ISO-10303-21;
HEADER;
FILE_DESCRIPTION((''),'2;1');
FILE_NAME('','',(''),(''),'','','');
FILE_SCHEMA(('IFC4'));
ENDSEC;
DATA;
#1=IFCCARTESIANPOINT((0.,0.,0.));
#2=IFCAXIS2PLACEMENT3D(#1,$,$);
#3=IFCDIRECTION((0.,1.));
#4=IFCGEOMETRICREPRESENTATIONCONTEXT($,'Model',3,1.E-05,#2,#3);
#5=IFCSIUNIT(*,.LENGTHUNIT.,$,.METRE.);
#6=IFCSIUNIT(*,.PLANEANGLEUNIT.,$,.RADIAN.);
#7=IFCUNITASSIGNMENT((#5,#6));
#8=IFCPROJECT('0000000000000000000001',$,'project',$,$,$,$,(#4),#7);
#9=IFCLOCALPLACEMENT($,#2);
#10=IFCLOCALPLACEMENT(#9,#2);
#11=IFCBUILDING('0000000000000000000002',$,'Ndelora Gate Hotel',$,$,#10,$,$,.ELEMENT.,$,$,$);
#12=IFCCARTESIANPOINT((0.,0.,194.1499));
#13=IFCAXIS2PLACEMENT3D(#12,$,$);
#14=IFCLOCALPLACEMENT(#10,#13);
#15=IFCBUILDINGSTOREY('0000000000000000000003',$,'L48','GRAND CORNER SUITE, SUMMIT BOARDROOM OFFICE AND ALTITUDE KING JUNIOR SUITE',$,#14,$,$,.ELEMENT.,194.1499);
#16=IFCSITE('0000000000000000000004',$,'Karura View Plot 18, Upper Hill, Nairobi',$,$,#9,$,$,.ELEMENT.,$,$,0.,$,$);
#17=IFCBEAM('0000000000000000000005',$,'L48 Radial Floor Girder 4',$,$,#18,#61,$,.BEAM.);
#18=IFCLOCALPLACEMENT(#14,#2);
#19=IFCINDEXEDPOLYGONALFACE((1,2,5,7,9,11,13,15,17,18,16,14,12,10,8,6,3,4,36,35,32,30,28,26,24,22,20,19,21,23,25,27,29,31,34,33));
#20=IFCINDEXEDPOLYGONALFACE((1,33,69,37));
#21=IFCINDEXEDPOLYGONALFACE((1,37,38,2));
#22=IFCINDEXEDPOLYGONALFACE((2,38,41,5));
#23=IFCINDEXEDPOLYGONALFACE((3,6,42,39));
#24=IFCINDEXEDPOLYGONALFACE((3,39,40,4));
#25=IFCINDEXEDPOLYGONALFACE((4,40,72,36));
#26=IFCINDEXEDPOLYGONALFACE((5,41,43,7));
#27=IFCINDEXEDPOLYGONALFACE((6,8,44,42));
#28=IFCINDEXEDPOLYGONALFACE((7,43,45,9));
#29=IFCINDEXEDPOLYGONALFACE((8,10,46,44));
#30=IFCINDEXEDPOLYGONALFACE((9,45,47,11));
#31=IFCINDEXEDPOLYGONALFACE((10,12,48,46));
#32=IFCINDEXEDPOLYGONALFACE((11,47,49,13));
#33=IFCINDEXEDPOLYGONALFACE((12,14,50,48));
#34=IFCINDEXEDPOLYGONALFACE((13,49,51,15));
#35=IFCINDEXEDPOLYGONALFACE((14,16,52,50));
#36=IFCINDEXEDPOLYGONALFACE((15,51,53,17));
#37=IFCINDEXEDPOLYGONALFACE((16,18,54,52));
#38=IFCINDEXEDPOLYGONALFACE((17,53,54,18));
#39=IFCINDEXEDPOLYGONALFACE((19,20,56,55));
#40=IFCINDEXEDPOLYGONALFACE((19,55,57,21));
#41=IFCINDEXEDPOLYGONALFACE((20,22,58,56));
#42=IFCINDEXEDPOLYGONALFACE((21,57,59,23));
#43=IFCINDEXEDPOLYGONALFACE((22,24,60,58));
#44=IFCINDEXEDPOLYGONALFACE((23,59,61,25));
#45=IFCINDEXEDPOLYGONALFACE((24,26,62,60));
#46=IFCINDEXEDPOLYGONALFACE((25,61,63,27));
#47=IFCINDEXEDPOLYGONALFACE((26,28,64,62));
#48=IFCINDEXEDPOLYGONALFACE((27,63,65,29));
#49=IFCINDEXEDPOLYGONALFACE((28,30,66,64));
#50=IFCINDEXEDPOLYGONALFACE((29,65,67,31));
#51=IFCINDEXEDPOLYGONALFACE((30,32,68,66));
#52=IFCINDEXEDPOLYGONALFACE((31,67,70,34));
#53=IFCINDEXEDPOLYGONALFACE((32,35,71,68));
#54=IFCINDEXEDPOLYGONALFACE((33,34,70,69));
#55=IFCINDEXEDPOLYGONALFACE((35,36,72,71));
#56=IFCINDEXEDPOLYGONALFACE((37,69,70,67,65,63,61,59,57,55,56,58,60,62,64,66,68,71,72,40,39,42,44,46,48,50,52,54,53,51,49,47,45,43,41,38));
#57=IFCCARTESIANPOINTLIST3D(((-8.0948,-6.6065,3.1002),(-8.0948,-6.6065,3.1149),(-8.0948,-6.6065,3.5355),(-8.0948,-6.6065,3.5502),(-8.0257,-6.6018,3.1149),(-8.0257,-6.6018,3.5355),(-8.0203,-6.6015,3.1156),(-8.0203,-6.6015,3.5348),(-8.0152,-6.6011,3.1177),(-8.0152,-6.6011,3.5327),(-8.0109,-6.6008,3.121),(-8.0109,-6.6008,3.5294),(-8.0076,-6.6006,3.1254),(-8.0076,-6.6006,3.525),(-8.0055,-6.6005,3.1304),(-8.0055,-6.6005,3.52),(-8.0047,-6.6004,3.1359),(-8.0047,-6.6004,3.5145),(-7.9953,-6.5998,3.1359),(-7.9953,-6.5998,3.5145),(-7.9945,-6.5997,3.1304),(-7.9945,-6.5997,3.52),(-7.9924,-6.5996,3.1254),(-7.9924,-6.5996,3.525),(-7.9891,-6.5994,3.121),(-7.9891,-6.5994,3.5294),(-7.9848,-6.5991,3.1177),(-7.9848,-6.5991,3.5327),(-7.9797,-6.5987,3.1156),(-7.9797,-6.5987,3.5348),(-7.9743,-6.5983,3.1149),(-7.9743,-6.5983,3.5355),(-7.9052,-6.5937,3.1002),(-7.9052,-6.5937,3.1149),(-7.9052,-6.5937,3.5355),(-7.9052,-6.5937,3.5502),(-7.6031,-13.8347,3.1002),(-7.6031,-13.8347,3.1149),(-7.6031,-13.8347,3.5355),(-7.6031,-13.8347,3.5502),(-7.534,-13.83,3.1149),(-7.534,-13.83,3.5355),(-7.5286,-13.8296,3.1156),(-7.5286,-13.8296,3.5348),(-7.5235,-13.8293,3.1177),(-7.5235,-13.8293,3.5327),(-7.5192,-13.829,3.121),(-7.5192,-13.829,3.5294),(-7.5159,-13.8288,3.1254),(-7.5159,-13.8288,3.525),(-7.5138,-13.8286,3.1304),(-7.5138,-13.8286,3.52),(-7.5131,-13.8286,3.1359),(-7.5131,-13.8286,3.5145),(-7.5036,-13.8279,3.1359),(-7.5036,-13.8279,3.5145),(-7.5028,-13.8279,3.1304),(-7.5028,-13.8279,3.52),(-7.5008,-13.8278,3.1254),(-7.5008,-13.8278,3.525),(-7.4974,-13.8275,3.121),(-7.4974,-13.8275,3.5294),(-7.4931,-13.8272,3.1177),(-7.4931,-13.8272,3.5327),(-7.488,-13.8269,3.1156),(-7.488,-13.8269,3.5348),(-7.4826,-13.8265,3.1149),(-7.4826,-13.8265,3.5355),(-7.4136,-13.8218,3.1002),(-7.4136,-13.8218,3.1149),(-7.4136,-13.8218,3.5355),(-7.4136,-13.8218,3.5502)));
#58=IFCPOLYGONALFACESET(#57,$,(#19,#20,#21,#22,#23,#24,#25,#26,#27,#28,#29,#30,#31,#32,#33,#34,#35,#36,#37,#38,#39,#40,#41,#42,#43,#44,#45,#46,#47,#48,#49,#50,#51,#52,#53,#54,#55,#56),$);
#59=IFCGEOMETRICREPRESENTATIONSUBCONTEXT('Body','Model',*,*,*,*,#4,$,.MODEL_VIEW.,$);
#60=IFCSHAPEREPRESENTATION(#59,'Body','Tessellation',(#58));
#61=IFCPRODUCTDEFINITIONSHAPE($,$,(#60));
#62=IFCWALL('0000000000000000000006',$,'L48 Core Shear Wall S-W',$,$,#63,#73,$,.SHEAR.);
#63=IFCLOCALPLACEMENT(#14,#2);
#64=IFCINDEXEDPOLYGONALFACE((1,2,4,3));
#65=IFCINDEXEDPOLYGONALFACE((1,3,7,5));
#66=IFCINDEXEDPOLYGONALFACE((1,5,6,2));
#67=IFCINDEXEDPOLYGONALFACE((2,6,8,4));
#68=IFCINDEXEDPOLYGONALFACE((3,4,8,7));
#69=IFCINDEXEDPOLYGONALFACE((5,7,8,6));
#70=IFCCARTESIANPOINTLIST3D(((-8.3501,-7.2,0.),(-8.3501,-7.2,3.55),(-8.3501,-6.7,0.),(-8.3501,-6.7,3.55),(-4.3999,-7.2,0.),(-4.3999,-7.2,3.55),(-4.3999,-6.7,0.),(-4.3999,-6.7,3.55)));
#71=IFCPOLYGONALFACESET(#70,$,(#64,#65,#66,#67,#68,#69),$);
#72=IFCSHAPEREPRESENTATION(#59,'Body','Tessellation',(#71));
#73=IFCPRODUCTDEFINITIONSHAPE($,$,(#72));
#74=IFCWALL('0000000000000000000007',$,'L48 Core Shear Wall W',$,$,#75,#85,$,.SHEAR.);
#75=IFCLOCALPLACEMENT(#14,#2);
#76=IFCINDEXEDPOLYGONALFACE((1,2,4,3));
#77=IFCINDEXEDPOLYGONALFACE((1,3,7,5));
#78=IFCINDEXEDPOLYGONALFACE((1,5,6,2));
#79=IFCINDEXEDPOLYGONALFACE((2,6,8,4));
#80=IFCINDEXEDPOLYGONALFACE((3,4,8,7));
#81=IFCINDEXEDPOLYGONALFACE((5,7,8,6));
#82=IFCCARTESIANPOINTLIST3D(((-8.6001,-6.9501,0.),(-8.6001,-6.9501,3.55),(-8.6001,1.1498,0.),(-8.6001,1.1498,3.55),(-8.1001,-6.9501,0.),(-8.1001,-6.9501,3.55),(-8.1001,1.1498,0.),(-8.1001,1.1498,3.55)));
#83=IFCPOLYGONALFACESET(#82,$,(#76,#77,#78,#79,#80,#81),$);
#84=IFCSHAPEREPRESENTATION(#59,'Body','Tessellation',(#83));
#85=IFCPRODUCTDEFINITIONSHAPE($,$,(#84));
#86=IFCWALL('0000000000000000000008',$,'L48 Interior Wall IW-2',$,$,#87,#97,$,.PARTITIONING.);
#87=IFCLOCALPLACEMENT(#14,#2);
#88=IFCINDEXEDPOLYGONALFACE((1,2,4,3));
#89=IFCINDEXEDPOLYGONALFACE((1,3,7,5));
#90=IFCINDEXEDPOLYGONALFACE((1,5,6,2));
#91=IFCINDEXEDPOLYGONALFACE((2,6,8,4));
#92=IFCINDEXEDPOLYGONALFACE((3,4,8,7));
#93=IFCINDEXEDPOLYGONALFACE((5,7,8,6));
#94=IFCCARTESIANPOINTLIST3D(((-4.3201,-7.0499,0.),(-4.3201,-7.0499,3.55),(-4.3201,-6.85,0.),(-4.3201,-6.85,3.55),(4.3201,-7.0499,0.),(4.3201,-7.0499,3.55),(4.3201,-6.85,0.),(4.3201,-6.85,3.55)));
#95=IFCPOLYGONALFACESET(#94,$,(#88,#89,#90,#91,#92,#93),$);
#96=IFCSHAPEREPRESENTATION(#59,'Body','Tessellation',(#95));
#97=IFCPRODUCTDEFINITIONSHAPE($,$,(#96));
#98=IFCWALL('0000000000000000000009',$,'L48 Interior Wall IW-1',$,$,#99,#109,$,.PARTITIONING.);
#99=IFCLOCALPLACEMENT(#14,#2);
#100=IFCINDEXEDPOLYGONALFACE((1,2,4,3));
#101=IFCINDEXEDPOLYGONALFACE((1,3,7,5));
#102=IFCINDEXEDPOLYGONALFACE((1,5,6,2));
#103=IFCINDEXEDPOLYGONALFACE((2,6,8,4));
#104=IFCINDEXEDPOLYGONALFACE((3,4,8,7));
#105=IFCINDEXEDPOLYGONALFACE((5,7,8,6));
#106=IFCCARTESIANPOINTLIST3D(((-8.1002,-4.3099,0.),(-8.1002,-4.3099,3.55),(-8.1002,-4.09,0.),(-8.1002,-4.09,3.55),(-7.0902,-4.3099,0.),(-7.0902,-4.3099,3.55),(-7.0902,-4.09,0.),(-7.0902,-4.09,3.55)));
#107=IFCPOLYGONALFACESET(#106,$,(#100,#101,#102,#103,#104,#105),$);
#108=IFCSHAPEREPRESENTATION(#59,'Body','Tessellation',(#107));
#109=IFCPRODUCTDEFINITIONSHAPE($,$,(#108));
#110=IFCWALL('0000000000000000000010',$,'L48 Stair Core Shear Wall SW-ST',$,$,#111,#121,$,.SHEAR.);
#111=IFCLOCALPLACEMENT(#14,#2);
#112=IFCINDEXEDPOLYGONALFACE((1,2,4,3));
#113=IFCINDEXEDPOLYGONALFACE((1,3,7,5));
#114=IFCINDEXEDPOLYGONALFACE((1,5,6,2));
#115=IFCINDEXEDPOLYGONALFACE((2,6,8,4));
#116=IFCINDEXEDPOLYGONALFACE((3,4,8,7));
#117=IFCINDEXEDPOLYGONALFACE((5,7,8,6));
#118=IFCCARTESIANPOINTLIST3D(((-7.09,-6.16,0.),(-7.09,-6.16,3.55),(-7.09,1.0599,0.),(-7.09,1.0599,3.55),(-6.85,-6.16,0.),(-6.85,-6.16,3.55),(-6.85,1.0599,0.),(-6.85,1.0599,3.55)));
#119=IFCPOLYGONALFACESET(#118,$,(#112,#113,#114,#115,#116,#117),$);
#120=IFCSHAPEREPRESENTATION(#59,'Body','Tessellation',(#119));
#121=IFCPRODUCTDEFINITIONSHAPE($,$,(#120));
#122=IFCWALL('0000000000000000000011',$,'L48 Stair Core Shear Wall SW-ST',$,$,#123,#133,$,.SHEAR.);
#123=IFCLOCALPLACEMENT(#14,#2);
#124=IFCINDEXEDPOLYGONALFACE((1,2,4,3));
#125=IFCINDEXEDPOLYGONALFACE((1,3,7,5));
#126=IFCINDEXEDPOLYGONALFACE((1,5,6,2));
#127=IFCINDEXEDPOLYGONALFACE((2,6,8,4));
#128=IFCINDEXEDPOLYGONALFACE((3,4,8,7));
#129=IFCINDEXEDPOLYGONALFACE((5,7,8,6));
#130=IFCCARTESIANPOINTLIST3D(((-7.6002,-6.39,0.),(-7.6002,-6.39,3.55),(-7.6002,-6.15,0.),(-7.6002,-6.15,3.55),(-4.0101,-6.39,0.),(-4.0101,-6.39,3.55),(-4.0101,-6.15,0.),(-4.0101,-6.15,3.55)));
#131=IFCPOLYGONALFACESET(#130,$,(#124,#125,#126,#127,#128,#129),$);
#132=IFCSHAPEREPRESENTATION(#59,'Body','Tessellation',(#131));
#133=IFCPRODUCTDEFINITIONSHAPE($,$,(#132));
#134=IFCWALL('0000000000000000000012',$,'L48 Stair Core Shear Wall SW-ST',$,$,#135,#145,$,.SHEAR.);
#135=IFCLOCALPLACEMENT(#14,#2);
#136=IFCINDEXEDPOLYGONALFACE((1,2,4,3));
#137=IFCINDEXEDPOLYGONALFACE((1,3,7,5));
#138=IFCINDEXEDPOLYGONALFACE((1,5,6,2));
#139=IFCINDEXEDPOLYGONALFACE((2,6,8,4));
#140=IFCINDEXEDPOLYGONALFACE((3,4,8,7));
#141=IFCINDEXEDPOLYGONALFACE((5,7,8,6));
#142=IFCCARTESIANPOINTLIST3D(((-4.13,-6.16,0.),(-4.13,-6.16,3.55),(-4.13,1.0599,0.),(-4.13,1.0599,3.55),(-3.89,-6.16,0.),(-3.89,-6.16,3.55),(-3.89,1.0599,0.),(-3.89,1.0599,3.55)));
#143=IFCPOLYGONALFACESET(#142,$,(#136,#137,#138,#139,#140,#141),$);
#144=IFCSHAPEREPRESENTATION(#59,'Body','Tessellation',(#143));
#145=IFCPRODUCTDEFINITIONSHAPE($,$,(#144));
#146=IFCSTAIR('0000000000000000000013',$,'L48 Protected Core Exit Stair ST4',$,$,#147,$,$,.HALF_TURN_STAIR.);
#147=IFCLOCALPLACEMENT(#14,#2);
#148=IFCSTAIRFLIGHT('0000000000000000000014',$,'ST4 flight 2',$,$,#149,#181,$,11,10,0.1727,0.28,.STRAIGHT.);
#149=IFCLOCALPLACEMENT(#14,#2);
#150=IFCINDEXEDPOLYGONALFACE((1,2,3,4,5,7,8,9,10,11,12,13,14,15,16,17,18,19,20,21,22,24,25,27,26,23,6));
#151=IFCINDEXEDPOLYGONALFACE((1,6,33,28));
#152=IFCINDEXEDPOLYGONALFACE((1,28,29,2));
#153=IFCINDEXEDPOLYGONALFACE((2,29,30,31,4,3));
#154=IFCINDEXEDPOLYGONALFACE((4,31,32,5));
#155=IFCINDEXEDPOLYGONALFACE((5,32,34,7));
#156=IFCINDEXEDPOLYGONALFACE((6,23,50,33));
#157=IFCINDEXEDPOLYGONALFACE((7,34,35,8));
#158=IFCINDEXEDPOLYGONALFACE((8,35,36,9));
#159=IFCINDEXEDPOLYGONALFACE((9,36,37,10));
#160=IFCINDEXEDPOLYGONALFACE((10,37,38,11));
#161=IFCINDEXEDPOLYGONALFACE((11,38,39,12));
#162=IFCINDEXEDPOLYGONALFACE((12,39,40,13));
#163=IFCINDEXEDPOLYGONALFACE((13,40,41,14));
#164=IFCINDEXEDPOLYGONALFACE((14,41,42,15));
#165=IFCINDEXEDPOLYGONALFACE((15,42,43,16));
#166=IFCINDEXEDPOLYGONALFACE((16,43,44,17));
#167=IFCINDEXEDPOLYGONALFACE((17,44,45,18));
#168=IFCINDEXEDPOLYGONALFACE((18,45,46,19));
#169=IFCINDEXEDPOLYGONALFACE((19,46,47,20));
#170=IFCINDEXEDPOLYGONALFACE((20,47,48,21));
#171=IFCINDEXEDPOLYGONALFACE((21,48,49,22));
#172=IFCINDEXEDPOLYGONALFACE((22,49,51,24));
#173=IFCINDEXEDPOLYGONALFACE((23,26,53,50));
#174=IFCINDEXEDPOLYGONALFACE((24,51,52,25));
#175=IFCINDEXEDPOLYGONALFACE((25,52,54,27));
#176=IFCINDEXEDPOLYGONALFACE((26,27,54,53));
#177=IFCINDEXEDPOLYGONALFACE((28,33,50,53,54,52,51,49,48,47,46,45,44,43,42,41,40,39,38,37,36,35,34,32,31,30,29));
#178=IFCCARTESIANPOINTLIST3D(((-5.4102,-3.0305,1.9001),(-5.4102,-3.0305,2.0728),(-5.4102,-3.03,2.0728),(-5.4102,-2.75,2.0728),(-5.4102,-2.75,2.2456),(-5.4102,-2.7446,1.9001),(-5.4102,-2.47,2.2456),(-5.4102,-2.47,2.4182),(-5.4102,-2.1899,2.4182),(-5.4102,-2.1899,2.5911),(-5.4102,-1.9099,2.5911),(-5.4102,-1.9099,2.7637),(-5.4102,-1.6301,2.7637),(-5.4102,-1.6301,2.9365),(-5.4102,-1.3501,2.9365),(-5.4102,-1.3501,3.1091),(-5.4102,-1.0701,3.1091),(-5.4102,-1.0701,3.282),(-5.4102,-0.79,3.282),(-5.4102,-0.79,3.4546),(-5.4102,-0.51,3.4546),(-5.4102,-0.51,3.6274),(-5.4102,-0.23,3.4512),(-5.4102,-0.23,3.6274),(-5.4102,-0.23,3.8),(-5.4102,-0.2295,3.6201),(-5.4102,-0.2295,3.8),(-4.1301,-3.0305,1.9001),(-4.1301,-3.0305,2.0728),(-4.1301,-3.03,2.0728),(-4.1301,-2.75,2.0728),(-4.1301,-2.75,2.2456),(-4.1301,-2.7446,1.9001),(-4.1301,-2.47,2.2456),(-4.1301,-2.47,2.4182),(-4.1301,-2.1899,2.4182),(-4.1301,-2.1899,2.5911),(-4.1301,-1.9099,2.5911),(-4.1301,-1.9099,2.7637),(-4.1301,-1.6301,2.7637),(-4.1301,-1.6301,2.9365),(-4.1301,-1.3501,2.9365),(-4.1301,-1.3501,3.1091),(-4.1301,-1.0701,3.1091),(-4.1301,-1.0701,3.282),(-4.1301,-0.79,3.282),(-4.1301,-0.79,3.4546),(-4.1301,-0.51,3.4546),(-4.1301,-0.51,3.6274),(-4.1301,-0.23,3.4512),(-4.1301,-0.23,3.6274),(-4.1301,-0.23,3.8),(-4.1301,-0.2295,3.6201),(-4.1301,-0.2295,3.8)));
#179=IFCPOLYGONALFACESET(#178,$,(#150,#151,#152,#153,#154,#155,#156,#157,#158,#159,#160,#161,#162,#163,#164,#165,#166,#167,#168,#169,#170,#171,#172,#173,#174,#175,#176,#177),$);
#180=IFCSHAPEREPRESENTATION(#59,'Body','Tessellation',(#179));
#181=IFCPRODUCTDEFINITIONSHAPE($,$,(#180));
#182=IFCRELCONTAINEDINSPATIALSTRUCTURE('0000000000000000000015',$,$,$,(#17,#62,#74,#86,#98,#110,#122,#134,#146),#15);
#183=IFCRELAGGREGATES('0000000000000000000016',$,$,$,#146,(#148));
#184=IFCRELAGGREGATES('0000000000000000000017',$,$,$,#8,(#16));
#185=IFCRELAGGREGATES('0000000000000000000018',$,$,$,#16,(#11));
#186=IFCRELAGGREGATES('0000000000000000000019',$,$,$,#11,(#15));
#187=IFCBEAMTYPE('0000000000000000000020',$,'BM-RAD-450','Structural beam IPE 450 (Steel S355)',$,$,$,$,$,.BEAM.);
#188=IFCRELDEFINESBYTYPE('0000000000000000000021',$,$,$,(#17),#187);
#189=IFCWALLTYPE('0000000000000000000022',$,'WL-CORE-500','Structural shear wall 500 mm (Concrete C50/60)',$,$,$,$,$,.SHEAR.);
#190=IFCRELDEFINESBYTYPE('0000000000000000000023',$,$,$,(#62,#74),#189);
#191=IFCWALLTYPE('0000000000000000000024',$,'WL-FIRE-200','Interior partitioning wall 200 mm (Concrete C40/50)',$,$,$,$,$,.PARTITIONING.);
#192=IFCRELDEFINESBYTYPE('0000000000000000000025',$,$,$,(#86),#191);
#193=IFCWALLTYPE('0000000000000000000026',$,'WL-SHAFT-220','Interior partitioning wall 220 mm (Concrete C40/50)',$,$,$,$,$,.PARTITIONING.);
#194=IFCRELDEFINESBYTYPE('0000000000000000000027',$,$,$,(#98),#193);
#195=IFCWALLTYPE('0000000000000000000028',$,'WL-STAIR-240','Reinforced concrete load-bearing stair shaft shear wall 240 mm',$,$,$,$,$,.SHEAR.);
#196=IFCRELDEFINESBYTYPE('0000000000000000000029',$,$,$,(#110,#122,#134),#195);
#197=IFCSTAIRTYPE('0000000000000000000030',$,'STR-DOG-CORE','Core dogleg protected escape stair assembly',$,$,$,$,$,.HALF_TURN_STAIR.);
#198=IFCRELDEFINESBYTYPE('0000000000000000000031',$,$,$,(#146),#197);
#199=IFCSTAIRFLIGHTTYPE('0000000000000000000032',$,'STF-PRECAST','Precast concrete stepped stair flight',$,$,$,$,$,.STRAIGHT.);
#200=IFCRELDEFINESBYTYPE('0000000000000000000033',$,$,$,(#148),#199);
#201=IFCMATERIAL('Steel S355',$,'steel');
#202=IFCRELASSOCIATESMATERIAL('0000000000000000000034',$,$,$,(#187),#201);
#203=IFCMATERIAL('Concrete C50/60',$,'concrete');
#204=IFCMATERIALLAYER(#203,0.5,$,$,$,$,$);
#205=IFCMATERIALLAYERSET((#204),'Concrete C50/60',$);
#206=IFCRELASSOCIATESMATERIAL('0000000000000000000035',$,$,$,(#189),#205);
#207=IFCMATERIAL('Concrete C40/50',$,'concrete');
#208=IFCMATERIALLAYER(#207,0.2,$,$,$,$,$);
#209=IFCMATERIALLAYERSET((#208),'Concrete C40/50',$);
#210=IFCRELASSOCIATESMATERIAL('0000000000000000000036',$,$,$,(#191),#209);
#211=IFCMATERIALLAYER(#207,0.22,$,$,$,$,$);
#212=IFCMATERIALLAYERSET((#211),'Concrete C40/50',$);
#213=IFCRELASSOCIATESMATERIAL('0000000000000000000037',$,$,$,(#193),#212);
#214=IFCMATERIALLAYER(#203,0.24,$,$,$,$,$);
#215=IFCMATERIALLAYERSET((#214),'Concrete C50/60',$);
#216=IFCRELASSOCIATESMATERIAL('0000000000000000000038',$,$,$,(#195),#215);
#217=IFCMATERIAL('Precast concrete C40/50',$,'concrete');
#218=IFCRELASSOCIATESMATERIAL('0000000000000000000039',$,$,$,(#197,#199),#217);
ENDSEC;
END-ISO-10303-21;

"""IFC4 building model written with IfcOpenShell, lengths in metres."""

from ifc_helpers import new_model, si_unit, direction, frame, frame_2d, origin, origin_2d, place, context, subcontext, project, spatial, polyline, rectangle, i_section, outline, extrude, material, layer, layer_set, material_profile, profile_set, type_object, element, aggregate, save


model = new_model("IFC4")

# Units and contexts
model_context = context("Model", 3, precision=1e-05, world=origin(), true_north=direction((0.0, 1.0)))
body_context = subcontext(model_context, "Body", "Model", "MODEL_VIEW")
ifc_project = project(units=[si_unit("LENGTHUNIT", "METRE"), si_unit("PLANEANGLEUNIT", "RADIAN")], contexts=[model_context])

# Site, building, storey
site_placement = place(None, origin())
site = spatial("IfcSite", under=ifc_project, at=site_placement, Name="Karura View Plot 18, Upper Hill, Nairobi", CompositionType="ELEMENT", RefElevation=0.0)
building_placement = place(site_placement, origin())
building = spatial("IfcBuilding", under=site, at=building_placement, Name="Ndelora Gate Hotel", CompositionType="ELEMENT")
storey_placement = place(building_placement, frame((0.0, 0.0, 194.1499)))
storey = spatial("IfcBuildingStorey", under=building, at=storey_placement, Name="L48", Description="GRAND CORNER SUITE, SUMMIT BOARDROOM OFFICE AND ALTITUDE KING JUNIOR SUITE", CompositionType="ELEMENT", Elevation=194.1499)

# Shared definitions
ifc_material_1 = material(Name="Concrete C50/60", Category="concrete")

# Beam
ifc_material_2 = material(Name="Steel S355", Category="steel")
ifc_material_profile_1 = material_profile(ifc_material_2, i_section(OverallWidth=0.1899, OverallDepth=0.45, WebThickness=0.0095, FlangeThickness=0.0146, FilletRadius=0.021, at=origin_2d()), Name="IPE 450")
ifc_profile_set_1 = profile_set([ifc_material_profile_1], Name="Steel S355")
beam_type_1 = type_object("IfcBeamType", Name="BM-RAD-450", Description="Structural beam IPE 450 (Steel S355)", PredefinedType="BEAM", material=ifc_profile_set_1)
beam_1_placement = place(storey_placement, frame((-8.0, -6.6001, 3.3252), z_axis=(0.067868, -0.997694, 0.0), x_axis=(0.997694, 0.067868, 0.0)))
element("IfcBeam", 1, at=beam_1_placement, inside=storey, type_object=beam_type_1, Name="L48 Radial Floor Girder 4", PredefinedType="BEAM", context=body_context, shape_type="SweptSolid", body=[
    extrude(i_section(OverallWidth=0.1899, OverallDepth=0.45, WebThickness=0.0095, FlangeThickness=0.0146, FilletRadius=0.021, at=origin_2d()), origin(), (0.0, 0.0, 1.0), 7.2449),
])

# Walls
ifc_layer_1 = layer(ifc_material_1, 0.5)
ifc_layer_set_1 = layer_set([ifc_layer_1], Name="Concrete C50/60")
wall_type_1 = type_object("IfcWallType", Name="WL-CORE-500", Description="Structural shear wall 500 mm (Concrete C50/60)", PredefinedType="SHEAR", material=ifc_layer_set_1)
wall_1_placement = place(storey_placement, frame((-8.3501, -6.95, 0.0), z_axis=(0.0, 0.0, 1.0), x_axis=(1.0, 0.0, 0.0)))
element("IfcWall", 2, at=wall_1_placement, inside=storey, type_object=wall_type_1, Name="L48 Core Shear Wall S-W", PredefinedType="SHEAR", context=body_context, shape_type="SweptSolid", body=[
    extrude(rectangle(XDim=3.9502, YDim=0.5, at=frame_2d((1.9751, 0.0))), origin(), (0.0, 0.0, 1.0), 3.55),
])
wall_2_placement = place(storey_placement, frame((-8.3501, -6.95, 0.0), z_axis=(0.0, 0.0, 1.0), x_axis=(0.0, 1.0, 0.0)))
element("IfcWall", 3, at=wall_2_placement, inside=storey, type_object=wall_type_1, Name="L48 Core Shear Wall W", PredefinedType="SHEAR", context=body_context, shape_type="SweptSolid", body=[
    extrude(rectangle(XDim=8.0999, YDim=0.5, at=frame_2d((4.0498, 0.0))), origin(), (0.0, 0.0, 1.0), 3.55),
])
ifc_material_3 = material(Name="Concrete C40/50", Category="concrete")
ifc_layer_2 = layer(ifc_material_3, 0.2)
ifc_layer_set_2 = layer_set([ifc_layer_2], Name="Concrete C40/50")
wall_type_2 = type_object("IfcWallType", Name="WL-FIRE-200", Description="Interior partitioning wall 200 mm (Concrete C40/50)", PredefinedType="PARTITIONING", material=ifc_layer_set_2)
wall_3_placement = place(storey_placement, frame((-4.3201, -6.95, 0.0), z_axis=(0.0, 0.0, 1.0), x_axis=(1.0, 0.0, 0.0)))
element("IfcWall", 4, at=wall_3_placement, inside=storey, type_object=wall_type_2, Name="L48 Interior Wall IW-2", PredefinedType="PARTITIONING", context=body_context, shape_type="SweptSolid", body=[
    extrude(rectangle(XDim=8.6401, YDim=0.2, at=frame_2d((4.3201, 0.0))), origin(), (0.0, 0.0, 1.0), 3.55),
])
ifc_layer_3 = layer(ifc_material_3, 0.22)
ifc_layer_set_3 = layer_set([ifc_layer_3], Name="Concrete C40/50")
wall_type_3 = type_object("IfcWallType", Name="WL-SHAFT-220", Description="Interior partitioning wall 220 mm (Concrete C40/50)", PredefinedType="PARTITIONING", material=ifc_layer_set_3)
wall_4_placement = place(storey_placement, frame((-8.1001, -4.2, 0.0), z_axis=(0.0, 0.0, 1.0), x_axis=(1.0, 0.0, 0.0)))
element("IfcWall", 5, at=wall_4_placement, inside=storey, type_object=wall_type_3, Name="L48 Interior Wall IW-1", PredefinedType="PARTITIONING", context=body_context, shape_type="SweptSolid", body=[
    extrude(rectangle(XDim=1.01, YDim=0.22, at=frame_2d((0.5049, 0.0))), origin(), (0.0, 0.0, 1.0), 3.55),
])
ifc_layer_4 = layer(ifc_material_1, 0.24)
ifc_layer_set_4 = layer_set([ifc_layer_4], Name="Concrete C50/60")
wall_type_4 = type_object("IfcWallType", Name="WL-STAIR-240", Description="Reinforced concrete load-bearing stair shaft shear wall 240 mm", PredefinedType="SHEAR", material=ifc_layer_set_4)
wall_5_placement = place(storey_placement, frame((-6.97, -6.1599, 0.0), z_axis=(0.0, 0.0, 1.0), x_axis=(0.0, 1.0, 0.0)))
element("IfcWall", 6, at=wall_5_placement, inside=storey, type_object=wall_type_4, Name="L48 Stair Core Shear Wall SW-ST", PredefinedType="SHEAR", context=body_context, shape_type="SweptSolid", body=[
    extrude(rectangle(XDim=7.22, YDim=0.24, at=frame_2d((3.6099, 0.0))), origin(), (0.0, 0.0, 1.0), 3.55),
])
wall_6_placement = place(storey_placement, frame((-7.6001, -6.27, 0.0), z_axis=(0.0, 0.0, 1.0), x_axis=(1.0, 0.0, 0.0)))
element("IfcWall", 7, at=wall_6_placement, inside=storey, type_object=wall_type_4, Name="L48 Stair Core Shear Wall SW-ST", PredefinedType="SHEAR", context=body_context, shape_type="SweptSolid", body=[
    extrude(rectangle(XDim=3.5901, YDim=0.24, at=frame_2d((1.7949, 0.0))), origin(), (0.0, 0.0, 1.0), 3.55),
])
wall_7_placement = place(storey_placement, frame((-4.01, -6.1599, 0.0), z_axis=(0.0, 0.0, 1.0), x_axis=(0.0, 1.0, 0.0)))
element("IfcWall", 8, at=wall_7_placement, inside=storey, type_object=wall_type_4, Name="L48 Stair Core Shear Wall SW-ST", PredefinedType="SHEAR", context=body_context, shape_type="SweptSolid", body=[
    extrude(rectangle(XDim=7.22, YDim=0.24, at=frame_2d((3.6099, 0.0))), origin(), (0.0, 0.0, 1.0), 3.55),
])

# Stair, stair flight
ifc_material_4 = material(Name="Precast concrete C40/50", Category="concrete")
stair_type = type_object("IfcStairType", Name="STR-DOG-CORE", Description="Core dogleg protected escape stair assembly", PredefinedType="HALF_TURN_STAIR", material=ifc_material_4)
stair_placement = place(storey_placement, origin())
stair = element("IfcStair", 9, at=stair_placement, inside=storey, type_object=stair_type, Name="L48 Protected Core Exit Stair ST4", PredefinedType="HALF_TURN_STAIR")
stair_flight_type = type_object("IfcStairFlightType", Name="STF-PRECAST", Description="Precast concrete stepped stair flight", PredefinedType="STRAIGHT", material=ifc_material_4)
stair_flight_placement = place(storey_placement, frame((-4.77, -3.03, 1.9001), z_axis=(0.0, 0.0, 1.0), x_axis=(0.0, 1.0, 0.0)))
stair_flight = element("IfcStairFlight", 10, at=stair_flight_placement, type_object=stair_flight_type, Name="ST4 flight 2", NumberOfRisers=11, NumberOfTreads=10, PredefinedType="STRAIGHT", RiserHeight=0.1727, TreadLength=0.28, context=body_context, shape_type="SweptSolid", body=[
    extrude(outline(polyline([(-0.0005, 0.0), (-0.0005, 0.1726), (0.0, 0.1726), (0.28, 0.1726), (0.28, 0.3455), (0.5601, 0.3455), (0.5601, 0.5181), (0.8401, 0.5181), (0.8401, 0.6909), (1.1201, 0.6909), (1.1201, 0.8635), (1.3999, 0.8635), (1.3999, 1.0364), (1.6799, 1.0364), (1.6799, 1.209), (1.96, 1.209), (1.96, 1.3818), (2.24, 1.3818), (2.24, 1.5544), (2.52, 1.5544), (2.52, 1.7273), (2.8, 1.7273), (2.8, 1.8999), (2.8005, 1.8999), (2.8005, 1.72), (2.8, 1.551), (0.2854, 0.0), (-0.0005, 0.0)])), frame((0.0, 0.6401, 0.0), z_axis=(0.0, -1.0, 0.0), x_axis=(1.0, 0.0, 0.0)), (0.0, 0.0, 1.0), 1.28),
])
aggregate(stair, [stair_flight])

save(model, "model.ifc")
